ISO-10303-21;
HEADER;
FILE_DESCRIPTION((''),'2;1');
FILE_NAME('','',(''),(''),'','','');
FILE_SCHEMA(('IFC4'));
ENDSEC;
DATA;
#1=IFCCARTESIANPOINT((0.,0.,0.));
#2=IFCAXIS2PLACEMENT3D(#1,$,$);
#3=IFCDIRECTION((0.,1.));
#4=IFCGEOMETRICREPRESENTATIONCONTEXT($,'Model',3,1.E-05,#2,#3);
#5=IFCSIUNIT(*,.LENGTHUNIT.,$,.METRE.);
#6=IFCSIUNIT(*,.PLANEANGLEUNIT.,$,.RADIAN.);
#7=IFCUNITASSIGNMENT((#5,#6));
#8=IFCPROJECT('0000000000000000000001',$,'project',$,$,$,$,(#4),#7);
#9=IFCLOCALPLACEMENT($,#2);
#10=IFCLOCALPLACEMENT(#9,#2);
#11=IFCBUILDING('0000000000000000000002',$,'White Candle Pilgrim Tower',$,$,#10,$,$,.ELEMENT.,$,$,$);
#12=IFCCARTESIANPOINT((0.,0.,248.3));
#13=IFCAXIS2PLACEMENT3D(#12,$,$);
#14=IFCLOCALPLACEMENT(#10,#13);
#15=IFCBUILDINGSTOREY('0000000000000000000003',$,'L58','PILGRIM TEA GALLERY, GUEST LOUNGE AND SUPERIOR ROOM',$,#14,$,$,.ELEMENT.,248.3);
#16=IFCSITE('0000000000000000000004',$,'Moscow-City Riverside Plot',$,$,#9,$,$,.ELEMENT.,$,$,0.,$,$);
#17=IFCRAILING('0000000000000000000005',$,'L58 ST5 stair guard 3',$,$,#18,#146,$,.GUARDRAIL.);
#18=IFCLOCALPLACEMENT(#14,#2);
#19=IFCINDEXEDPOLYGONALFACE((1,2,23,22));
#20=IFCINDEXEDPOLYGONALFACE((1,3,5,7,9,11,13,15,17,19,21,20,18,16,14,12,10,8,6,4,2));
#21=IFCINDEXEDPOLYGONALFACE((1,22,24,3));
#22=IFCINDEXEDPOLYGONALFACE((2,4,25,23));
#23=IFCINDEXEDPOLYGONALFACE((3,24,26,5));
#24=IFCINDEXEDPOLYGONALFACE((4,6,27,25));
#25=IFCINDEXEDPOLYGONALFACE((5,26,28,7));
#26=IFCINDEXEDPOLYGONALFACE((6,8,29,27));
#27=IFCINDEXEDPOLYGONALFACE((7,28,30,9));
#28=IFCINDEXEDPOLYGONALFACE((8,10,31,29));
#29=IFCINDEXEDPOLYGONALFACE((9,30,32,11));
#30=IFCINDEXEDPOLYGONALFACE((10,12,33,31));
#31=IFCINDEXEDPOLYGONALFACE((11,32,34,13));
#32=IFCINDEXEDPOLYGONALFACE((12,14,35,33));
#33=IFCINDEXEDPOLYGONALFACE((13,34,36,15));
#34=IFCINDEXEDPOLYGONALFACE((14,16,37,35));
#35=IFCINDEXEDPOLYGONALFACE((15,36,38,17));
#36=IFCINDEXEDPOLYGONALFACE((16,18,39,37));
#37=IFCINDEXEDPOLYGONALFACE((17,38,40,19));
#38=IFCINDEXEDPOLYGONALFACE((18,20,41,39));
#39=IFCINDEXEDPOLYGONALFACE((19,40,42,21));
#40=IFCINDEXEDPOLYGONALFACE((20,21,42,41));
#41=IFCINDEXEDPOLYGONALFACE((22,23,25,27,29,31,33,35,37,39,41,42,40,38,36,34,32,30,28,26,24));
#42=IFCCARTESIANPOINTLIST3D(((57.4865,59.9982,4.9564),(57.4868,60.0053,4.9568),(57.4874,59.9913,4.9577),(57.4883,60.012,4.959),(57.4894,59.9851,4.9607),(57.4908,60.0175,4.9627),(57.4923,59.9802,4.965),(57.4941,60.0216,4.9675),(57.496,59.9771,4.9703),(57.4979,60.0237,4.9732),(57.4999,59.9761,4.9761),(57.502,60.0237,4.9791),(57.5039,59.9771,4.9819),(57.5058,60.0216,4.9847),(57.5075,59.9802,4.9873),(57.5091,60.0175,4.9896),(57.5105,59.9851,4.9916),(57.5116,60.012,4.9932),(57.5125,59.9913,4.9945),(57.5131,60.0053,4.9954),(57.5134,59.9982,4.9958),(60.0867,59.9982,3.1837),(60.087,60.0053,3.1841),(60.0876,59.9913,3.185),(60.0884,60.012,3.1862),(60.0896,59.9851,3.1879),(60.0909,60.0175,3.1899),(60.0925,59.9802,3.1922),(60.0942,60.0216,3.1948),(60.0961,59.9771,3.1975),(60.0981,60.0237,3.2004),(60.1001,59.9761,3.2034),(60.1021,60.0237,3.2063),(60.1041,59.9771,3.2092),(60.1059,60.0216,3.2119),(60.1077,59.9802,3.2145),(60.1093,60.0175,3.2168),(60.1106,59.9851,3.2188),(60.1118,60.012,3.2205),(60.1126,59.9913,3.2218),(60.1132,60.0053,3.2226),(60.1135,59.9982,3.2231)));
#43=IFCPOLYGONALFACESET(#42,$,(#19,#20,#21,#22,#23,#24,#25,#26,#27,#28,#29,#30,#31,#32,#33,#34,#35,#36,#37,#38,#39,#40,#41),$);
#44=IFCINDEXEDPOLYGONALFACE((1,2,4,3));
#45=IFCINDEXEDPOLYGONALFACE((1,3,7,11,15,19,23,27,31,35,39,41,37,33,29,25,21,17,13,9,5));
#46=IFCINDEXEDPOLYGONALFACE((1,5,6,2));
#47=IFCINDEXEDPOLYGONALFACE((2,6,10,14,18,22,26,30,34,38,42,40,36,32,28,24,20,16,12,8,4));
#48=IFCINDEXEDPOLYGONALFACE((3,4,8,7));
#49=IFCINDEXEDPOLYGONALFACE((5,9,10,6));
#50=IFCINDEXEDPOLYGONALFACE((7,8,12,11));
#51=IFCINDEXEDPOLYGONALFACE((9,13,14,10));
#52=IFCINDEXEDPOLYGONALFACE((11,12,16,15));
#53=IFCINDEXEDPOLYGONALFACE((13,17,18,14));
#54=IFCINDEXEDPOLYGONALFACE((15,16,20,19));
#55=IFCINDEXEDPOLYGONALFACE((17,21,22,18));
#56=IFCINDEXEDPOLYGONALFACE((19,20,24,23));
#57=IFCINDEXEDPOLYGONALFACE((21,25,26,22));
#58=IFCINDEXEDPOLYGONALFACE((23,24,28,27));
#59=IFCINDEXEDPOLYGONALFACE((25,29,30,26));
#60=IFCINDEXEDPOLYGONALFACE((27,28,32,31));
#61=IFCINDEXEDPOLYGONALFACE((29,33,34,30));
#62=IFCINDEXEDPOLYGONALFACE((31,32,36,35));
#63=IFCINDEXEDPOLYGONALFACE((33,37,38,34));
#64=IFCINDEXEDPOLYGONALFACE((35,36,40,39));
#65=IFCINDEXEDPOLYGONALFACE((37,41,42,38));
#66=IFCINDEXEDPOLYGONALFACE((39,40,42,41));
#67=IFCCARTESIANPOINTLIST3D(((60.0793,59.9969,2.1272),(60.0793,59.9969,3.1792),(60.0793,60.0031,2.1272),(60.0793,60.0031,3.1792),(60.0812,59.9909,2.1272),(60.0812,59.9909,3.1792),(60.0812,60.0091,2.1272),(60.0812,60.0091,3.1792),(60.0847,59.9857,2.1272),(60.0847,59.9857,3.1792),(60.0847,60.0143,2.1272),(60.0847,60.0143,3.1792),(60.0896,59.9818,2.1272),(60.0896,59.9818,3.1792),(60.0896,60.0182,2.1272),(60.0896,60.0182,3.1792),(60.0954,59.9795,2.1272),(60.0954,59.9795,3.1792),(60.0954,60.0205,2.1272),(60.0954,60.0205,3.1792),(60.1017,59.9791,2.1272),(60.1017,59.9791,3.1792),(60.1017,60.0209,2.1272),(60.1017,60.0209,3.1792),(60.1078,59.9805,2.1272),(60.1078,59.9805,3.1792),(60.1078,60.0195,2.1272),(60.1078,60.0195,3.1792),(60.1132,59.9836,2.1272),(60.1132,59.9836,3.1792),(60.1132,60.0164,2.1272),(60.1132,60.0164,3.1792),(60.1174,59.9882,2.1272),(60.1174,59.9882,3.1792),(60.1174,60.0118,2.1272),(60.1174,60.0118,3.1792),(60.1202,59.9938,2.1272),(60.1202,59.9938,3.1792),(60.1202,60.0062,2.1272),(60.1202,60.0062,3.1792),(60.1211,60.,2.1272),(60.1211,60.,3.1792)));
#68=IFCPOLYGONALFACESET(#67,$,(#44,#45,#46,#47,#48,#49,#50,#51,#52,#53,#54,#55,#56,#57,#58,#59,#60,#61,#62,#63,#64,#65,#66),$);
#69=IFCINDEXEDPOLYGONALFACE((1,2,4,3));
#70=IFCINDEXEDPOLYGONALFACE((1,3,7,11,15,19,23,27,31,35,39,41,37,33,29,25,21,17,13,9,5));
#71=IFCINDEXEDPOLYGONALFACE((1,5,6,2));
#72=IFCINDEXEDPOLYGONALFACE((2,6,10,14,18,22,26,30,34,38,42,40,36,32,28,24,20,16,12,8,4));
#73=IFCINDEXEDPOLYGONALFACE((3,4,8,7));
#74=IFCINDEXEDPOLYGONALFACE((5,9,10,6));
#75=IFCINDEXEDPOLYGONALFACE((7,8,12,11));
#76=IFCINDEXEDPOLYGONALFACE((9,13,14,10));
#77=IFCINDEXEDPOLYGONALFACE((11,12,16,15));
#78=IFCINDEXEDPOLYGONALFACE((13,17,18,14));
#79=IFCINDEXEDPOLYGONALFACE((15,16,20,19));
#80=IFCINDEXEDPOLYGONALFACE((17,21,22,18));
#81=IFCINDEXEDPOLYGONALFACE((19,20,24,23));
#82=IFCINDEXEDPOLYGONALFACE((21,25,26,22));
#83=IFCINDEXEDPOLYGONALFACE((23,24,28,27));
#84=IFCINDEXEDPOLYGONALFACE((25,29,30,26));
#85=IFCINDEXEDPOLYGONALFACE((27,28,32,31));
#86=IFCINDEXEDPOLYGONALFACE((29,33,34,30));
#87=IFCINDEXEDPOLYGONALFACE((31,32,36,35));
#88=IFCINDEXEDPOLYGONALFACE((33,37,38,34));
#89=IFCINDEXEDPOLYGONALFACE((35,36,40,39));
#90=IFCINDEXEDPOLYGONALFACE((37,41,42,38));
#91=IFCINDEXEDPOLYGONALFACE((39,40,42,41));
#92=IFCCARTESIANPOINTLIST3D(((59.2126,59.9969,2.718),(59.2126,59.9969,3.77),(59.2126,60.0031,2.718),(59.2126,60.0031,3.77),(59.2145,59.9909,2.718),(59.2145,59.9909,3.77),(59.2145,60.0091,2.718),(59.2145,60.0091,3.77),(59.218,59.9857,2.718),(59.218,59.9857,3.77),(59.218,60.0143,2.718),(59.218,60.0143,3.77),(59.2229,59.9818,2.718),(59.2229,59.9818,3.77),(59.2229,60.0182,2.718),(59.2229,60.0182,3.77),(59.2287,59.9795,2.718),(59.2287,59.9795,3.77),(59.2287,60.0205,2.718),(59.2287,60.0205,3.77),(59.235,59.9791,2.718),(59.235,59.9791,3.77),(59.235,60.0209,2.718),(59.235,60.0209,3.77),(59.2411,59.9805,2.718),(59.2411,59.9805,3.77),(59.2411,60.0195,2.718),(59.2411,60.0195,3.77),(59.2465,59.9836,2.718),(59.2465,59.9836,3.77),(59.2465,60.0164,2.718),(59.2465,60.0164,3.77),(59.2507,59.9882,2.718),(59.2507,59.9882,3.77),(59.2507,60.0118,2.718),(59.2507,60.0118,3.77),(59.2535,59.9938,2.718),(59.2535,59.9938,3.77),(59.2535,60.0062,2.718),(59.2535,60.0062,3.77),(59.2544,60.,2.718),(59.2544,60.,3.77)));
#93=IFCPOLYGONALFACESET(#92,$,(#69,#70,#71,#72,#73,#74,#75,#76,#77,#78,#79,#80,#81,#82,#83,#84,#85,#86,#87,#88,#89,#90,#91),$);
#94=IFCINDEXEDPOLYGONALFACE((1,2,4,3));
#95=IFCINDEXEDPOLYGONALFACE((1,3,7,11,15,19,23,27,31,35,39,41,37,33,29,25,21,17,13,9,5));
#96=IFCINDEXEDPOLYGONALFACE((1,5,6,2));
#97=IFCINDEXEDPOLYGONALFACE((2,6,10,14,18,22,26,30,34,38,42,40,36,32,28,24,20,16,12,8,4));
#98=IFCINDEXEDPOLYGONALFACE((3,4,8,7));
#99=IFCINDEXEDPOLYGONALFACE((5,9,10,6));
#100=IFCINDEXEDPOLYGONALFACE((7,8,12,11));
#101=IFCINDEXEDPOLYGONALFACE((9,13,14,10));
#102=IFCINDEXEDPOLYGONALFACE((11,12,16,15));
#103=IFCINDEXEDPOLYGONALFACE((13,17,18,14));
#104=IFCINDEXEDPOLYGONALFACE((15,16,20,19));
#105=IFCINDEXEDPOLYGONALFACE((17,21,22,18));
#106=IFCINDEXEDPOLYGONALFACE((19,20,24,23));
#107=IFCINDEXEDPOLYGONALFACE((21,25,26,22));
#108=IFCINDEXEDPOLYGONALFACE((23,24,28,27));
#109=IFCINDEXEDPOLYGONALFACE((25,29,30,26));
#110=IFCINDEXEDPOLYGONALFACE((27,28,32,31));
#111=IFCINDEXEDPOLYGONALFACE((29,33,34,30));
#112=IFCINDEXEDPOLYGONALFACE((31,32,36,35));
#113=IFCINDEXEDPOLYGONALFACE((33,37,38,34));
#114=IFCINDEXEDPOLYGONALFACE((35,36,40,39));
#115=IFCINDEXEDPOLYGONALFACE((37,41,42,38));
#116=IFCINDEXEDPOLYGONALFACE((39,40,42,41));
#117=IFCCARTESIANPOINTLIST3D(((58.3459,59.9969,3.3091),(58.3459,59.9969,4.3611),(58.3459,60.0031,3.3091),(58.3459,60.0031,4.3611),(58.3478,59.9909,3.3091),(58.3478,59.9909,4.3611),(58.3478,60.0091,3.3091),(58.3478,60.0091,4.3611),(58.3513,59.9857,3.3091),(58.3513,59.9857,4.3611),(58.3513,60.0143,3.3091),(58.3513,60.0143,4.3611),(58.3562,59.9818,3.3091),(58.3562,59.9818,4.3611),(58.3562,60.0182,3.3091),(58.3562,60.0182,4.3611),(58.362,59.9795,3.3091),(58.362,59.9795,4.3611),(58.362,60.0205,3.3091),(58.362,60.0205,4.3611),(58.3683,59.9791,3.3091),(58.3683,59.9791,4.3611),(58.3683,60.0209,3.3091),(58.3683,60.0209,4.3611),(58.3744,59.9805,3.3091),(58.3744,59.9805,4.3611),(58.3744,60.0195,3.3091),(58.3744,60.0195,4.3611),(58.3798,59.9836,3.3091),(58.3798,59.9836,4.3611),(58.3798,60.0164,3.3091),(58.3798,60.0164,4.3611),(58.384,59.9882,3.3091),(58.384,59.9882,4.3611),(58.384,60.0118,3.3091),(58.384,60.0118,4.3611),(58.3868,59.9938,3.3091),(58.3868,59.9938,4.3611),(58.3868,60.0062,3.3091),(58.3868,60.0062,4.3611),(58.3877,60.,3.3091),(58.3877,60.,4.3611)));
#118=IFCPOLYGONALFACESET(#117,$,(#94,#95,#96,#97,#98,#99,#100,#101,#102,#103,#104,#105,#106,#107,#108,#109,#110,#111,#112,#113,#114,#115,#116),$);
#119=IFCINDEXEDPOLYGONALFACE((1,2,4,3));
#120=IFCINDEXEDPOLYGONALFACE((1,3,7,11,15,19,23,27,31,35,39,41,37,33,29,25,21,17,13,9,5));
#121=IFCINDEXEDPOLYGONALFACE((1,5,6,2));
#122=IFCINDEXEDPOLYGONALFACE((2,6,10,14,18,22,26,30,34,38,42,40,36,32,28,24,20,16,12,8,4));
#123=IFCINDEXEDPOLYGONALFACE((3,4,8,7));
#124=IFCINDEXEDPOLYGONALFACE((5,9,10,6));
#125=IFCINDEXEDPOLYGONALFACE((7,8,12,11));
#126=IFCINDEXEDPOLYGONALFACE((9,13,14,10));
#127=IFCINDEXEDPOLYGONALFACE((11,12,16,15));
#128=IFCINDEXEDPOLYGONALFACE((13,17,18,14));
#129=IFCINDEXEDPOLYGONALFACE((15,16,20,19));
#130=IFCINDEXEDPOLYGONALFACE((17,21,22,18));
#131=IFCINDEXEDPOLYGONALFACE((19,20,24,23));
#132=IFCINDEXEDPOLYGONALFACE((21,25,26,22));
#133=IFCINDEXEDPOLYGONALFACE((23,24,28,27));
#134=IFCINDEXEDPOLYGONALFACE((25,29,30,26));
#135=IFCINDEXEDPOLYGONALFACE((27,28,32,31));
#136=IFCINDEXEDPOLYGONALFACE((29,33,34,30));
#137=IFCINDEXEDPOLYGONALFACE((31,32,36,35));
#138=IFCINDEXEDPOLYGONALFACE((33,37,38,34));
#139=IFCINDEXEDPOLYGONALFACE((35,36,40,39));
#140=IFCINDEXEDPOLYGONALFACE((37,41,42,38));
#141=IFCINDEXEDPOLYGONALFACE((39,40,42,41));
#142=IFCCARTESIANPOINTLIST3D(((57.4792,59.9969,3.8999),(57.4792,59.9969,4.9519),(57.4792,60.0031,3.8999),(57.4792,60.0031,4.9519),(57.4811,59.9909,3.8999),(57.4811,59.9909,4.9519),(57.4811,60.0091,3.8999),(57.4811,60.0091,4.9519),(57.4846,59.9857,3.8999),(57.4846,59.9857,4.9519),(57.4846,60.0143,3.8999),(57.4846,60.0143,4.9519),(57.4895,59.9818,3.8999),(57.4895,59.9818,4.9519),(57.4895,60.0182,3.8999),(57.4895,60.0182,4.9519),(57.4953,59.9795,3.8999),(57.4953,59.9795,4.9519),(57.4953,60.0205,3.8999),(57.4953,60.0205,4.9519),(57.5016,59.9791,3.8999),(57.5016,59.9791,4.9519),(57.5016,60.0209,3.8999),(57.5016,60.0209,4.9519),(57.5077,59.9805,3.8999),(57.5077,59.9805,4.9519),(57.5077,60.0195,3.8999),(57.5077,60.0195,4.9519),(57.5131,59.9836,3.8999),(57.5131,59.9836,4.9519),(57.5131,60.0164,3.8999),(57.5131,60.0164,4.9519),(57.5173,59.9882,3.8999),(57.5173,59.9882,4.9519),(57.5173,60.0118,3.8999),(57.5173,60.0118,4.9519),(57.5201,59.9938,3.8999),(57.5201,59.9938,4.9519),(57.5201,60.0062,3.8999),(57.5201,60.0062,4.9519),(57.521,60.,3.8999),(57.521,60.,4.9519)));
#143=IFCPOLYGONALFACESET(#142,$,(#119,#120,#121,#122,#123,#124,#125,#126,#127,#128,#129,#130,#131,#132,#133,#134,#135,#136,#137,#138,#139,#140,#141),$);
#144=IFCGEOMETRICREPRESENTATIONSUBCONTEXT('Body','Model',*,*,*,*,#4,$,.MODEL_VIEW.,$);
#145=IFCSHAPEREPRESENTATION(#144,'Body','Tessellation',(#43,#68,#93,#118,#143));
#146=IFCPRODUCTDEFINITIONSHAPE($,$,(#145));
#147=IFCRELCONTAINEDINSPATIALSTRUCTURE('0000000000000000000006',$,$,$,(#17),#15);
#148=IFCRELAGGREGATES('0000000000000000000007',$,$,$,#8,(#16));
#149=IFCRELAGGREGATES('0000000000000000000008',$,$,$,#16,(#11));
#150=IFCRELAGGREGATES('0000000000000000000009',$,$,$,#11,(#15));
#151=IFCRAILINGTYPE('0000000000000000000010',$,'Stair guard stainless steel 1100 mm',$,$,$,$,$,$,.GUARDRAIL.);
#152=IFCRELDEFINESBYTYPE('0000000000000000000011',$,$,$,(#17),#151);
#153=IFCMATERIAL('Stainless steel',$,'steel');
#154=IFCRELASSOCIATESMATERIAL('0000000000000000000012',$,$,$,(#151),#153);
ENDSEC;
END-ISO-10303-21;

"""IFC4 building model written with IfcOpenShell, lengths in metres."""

from ifc_helpers import new_model, si_unit, direction, frame, origin, origin_2d, place, context, subcontext, project, spatial, circle, extrude, material, type_object, element, save


model = new_model("IFC4")

# Units and contexts
model_context = context("Model", 3, precision=1e-05, world=origin(), true_north=direction((0.0, 1.0)))
body_context = subcontext(model_context, "Body", "Model", "MODEL_VIEW")
ifc_project = project(units=[si_unit("LENGTHUNIT", "METRE"), si_unit("PLANEANGLEUNIT", "RADIAN")], contexts=[model_context])

# Site, building, storey
site_placement = place(None, origin())
site = spatial("IfcSite", under=ifc_project, at=site_placement, Name="Moscow-City Riverside Plot", CompositionType="ELEMENT", RefElevation=0.0)
building_placement = place(site_placement, origin())
building = spatial("IfcBuilding", under=site, at=building_placement, Name="White Candle Pilgrim Tower", CompositionType="ELEMENT")
storey_placement = place(building_placement, frame((0.0, 0.0, 248.3)))
storey = spatial("IfcBuildingStorey", under=building, at=storey_placement, Name="L58", Description="PILGRIM TEA GALLERY, GUEST LOUNGE AND SUPERIOR ROOM", CompositionType="ELEMENT", Elevation=248.3)

# Railing
ifc_material_1 = material(Name="Stainless steel", Category="steel")
railing_type_1 = type_object("IfcRailingType", Name="Stair guard stainless steel 1100 mm", PredefinedType="GUARDRAIL", material=ifc_material_1)
railing_1_placement = place(storey_placement, frame((60.1001, 60.0, 2.1272)))
element("IfcRailing", 1, at=railing_1_placement, inside=storey, type_object=railing_type_1, Name="L58 ST5 stair guard 3", PredefinedType="GUARDRAIL", context=body_context, shape_type="SweptSolid", body=[
    extrude(circle(Radius=0.0239, at=origin_2d()), frame((0.0, 0.0, 1.0762), z_axis=(-0.82624, 0.0, 0.563318), x_axis=(0.0, -1.0, 0.0)), (0.0, 0.0, 1.0), 3.147),
    extrude(circle(Radius=0.021, at=origin_2d()), origin(), (0.0, 0.0, 1.0), 1.052),
    extrude(circle(Radius=0.021, at=origin_2d()), frame((-0.8667, 0.0, 0.5908)), (0.0, 0.0, 1.0), 1.052),
    extrude(circle(Radius=0.021, at=origin_2d()), frame((-1.7334, 0.0, 1.1819)), (0.0, 0.0, 1.0), 1.052),
    extrude(circle(Radius=0.021, at=origin_2d()), frame((-2.6001, 0.0, 1.7727)), (0.0, 0.0, 1.0), 1.052),
])

save(model, "model.ifc")
